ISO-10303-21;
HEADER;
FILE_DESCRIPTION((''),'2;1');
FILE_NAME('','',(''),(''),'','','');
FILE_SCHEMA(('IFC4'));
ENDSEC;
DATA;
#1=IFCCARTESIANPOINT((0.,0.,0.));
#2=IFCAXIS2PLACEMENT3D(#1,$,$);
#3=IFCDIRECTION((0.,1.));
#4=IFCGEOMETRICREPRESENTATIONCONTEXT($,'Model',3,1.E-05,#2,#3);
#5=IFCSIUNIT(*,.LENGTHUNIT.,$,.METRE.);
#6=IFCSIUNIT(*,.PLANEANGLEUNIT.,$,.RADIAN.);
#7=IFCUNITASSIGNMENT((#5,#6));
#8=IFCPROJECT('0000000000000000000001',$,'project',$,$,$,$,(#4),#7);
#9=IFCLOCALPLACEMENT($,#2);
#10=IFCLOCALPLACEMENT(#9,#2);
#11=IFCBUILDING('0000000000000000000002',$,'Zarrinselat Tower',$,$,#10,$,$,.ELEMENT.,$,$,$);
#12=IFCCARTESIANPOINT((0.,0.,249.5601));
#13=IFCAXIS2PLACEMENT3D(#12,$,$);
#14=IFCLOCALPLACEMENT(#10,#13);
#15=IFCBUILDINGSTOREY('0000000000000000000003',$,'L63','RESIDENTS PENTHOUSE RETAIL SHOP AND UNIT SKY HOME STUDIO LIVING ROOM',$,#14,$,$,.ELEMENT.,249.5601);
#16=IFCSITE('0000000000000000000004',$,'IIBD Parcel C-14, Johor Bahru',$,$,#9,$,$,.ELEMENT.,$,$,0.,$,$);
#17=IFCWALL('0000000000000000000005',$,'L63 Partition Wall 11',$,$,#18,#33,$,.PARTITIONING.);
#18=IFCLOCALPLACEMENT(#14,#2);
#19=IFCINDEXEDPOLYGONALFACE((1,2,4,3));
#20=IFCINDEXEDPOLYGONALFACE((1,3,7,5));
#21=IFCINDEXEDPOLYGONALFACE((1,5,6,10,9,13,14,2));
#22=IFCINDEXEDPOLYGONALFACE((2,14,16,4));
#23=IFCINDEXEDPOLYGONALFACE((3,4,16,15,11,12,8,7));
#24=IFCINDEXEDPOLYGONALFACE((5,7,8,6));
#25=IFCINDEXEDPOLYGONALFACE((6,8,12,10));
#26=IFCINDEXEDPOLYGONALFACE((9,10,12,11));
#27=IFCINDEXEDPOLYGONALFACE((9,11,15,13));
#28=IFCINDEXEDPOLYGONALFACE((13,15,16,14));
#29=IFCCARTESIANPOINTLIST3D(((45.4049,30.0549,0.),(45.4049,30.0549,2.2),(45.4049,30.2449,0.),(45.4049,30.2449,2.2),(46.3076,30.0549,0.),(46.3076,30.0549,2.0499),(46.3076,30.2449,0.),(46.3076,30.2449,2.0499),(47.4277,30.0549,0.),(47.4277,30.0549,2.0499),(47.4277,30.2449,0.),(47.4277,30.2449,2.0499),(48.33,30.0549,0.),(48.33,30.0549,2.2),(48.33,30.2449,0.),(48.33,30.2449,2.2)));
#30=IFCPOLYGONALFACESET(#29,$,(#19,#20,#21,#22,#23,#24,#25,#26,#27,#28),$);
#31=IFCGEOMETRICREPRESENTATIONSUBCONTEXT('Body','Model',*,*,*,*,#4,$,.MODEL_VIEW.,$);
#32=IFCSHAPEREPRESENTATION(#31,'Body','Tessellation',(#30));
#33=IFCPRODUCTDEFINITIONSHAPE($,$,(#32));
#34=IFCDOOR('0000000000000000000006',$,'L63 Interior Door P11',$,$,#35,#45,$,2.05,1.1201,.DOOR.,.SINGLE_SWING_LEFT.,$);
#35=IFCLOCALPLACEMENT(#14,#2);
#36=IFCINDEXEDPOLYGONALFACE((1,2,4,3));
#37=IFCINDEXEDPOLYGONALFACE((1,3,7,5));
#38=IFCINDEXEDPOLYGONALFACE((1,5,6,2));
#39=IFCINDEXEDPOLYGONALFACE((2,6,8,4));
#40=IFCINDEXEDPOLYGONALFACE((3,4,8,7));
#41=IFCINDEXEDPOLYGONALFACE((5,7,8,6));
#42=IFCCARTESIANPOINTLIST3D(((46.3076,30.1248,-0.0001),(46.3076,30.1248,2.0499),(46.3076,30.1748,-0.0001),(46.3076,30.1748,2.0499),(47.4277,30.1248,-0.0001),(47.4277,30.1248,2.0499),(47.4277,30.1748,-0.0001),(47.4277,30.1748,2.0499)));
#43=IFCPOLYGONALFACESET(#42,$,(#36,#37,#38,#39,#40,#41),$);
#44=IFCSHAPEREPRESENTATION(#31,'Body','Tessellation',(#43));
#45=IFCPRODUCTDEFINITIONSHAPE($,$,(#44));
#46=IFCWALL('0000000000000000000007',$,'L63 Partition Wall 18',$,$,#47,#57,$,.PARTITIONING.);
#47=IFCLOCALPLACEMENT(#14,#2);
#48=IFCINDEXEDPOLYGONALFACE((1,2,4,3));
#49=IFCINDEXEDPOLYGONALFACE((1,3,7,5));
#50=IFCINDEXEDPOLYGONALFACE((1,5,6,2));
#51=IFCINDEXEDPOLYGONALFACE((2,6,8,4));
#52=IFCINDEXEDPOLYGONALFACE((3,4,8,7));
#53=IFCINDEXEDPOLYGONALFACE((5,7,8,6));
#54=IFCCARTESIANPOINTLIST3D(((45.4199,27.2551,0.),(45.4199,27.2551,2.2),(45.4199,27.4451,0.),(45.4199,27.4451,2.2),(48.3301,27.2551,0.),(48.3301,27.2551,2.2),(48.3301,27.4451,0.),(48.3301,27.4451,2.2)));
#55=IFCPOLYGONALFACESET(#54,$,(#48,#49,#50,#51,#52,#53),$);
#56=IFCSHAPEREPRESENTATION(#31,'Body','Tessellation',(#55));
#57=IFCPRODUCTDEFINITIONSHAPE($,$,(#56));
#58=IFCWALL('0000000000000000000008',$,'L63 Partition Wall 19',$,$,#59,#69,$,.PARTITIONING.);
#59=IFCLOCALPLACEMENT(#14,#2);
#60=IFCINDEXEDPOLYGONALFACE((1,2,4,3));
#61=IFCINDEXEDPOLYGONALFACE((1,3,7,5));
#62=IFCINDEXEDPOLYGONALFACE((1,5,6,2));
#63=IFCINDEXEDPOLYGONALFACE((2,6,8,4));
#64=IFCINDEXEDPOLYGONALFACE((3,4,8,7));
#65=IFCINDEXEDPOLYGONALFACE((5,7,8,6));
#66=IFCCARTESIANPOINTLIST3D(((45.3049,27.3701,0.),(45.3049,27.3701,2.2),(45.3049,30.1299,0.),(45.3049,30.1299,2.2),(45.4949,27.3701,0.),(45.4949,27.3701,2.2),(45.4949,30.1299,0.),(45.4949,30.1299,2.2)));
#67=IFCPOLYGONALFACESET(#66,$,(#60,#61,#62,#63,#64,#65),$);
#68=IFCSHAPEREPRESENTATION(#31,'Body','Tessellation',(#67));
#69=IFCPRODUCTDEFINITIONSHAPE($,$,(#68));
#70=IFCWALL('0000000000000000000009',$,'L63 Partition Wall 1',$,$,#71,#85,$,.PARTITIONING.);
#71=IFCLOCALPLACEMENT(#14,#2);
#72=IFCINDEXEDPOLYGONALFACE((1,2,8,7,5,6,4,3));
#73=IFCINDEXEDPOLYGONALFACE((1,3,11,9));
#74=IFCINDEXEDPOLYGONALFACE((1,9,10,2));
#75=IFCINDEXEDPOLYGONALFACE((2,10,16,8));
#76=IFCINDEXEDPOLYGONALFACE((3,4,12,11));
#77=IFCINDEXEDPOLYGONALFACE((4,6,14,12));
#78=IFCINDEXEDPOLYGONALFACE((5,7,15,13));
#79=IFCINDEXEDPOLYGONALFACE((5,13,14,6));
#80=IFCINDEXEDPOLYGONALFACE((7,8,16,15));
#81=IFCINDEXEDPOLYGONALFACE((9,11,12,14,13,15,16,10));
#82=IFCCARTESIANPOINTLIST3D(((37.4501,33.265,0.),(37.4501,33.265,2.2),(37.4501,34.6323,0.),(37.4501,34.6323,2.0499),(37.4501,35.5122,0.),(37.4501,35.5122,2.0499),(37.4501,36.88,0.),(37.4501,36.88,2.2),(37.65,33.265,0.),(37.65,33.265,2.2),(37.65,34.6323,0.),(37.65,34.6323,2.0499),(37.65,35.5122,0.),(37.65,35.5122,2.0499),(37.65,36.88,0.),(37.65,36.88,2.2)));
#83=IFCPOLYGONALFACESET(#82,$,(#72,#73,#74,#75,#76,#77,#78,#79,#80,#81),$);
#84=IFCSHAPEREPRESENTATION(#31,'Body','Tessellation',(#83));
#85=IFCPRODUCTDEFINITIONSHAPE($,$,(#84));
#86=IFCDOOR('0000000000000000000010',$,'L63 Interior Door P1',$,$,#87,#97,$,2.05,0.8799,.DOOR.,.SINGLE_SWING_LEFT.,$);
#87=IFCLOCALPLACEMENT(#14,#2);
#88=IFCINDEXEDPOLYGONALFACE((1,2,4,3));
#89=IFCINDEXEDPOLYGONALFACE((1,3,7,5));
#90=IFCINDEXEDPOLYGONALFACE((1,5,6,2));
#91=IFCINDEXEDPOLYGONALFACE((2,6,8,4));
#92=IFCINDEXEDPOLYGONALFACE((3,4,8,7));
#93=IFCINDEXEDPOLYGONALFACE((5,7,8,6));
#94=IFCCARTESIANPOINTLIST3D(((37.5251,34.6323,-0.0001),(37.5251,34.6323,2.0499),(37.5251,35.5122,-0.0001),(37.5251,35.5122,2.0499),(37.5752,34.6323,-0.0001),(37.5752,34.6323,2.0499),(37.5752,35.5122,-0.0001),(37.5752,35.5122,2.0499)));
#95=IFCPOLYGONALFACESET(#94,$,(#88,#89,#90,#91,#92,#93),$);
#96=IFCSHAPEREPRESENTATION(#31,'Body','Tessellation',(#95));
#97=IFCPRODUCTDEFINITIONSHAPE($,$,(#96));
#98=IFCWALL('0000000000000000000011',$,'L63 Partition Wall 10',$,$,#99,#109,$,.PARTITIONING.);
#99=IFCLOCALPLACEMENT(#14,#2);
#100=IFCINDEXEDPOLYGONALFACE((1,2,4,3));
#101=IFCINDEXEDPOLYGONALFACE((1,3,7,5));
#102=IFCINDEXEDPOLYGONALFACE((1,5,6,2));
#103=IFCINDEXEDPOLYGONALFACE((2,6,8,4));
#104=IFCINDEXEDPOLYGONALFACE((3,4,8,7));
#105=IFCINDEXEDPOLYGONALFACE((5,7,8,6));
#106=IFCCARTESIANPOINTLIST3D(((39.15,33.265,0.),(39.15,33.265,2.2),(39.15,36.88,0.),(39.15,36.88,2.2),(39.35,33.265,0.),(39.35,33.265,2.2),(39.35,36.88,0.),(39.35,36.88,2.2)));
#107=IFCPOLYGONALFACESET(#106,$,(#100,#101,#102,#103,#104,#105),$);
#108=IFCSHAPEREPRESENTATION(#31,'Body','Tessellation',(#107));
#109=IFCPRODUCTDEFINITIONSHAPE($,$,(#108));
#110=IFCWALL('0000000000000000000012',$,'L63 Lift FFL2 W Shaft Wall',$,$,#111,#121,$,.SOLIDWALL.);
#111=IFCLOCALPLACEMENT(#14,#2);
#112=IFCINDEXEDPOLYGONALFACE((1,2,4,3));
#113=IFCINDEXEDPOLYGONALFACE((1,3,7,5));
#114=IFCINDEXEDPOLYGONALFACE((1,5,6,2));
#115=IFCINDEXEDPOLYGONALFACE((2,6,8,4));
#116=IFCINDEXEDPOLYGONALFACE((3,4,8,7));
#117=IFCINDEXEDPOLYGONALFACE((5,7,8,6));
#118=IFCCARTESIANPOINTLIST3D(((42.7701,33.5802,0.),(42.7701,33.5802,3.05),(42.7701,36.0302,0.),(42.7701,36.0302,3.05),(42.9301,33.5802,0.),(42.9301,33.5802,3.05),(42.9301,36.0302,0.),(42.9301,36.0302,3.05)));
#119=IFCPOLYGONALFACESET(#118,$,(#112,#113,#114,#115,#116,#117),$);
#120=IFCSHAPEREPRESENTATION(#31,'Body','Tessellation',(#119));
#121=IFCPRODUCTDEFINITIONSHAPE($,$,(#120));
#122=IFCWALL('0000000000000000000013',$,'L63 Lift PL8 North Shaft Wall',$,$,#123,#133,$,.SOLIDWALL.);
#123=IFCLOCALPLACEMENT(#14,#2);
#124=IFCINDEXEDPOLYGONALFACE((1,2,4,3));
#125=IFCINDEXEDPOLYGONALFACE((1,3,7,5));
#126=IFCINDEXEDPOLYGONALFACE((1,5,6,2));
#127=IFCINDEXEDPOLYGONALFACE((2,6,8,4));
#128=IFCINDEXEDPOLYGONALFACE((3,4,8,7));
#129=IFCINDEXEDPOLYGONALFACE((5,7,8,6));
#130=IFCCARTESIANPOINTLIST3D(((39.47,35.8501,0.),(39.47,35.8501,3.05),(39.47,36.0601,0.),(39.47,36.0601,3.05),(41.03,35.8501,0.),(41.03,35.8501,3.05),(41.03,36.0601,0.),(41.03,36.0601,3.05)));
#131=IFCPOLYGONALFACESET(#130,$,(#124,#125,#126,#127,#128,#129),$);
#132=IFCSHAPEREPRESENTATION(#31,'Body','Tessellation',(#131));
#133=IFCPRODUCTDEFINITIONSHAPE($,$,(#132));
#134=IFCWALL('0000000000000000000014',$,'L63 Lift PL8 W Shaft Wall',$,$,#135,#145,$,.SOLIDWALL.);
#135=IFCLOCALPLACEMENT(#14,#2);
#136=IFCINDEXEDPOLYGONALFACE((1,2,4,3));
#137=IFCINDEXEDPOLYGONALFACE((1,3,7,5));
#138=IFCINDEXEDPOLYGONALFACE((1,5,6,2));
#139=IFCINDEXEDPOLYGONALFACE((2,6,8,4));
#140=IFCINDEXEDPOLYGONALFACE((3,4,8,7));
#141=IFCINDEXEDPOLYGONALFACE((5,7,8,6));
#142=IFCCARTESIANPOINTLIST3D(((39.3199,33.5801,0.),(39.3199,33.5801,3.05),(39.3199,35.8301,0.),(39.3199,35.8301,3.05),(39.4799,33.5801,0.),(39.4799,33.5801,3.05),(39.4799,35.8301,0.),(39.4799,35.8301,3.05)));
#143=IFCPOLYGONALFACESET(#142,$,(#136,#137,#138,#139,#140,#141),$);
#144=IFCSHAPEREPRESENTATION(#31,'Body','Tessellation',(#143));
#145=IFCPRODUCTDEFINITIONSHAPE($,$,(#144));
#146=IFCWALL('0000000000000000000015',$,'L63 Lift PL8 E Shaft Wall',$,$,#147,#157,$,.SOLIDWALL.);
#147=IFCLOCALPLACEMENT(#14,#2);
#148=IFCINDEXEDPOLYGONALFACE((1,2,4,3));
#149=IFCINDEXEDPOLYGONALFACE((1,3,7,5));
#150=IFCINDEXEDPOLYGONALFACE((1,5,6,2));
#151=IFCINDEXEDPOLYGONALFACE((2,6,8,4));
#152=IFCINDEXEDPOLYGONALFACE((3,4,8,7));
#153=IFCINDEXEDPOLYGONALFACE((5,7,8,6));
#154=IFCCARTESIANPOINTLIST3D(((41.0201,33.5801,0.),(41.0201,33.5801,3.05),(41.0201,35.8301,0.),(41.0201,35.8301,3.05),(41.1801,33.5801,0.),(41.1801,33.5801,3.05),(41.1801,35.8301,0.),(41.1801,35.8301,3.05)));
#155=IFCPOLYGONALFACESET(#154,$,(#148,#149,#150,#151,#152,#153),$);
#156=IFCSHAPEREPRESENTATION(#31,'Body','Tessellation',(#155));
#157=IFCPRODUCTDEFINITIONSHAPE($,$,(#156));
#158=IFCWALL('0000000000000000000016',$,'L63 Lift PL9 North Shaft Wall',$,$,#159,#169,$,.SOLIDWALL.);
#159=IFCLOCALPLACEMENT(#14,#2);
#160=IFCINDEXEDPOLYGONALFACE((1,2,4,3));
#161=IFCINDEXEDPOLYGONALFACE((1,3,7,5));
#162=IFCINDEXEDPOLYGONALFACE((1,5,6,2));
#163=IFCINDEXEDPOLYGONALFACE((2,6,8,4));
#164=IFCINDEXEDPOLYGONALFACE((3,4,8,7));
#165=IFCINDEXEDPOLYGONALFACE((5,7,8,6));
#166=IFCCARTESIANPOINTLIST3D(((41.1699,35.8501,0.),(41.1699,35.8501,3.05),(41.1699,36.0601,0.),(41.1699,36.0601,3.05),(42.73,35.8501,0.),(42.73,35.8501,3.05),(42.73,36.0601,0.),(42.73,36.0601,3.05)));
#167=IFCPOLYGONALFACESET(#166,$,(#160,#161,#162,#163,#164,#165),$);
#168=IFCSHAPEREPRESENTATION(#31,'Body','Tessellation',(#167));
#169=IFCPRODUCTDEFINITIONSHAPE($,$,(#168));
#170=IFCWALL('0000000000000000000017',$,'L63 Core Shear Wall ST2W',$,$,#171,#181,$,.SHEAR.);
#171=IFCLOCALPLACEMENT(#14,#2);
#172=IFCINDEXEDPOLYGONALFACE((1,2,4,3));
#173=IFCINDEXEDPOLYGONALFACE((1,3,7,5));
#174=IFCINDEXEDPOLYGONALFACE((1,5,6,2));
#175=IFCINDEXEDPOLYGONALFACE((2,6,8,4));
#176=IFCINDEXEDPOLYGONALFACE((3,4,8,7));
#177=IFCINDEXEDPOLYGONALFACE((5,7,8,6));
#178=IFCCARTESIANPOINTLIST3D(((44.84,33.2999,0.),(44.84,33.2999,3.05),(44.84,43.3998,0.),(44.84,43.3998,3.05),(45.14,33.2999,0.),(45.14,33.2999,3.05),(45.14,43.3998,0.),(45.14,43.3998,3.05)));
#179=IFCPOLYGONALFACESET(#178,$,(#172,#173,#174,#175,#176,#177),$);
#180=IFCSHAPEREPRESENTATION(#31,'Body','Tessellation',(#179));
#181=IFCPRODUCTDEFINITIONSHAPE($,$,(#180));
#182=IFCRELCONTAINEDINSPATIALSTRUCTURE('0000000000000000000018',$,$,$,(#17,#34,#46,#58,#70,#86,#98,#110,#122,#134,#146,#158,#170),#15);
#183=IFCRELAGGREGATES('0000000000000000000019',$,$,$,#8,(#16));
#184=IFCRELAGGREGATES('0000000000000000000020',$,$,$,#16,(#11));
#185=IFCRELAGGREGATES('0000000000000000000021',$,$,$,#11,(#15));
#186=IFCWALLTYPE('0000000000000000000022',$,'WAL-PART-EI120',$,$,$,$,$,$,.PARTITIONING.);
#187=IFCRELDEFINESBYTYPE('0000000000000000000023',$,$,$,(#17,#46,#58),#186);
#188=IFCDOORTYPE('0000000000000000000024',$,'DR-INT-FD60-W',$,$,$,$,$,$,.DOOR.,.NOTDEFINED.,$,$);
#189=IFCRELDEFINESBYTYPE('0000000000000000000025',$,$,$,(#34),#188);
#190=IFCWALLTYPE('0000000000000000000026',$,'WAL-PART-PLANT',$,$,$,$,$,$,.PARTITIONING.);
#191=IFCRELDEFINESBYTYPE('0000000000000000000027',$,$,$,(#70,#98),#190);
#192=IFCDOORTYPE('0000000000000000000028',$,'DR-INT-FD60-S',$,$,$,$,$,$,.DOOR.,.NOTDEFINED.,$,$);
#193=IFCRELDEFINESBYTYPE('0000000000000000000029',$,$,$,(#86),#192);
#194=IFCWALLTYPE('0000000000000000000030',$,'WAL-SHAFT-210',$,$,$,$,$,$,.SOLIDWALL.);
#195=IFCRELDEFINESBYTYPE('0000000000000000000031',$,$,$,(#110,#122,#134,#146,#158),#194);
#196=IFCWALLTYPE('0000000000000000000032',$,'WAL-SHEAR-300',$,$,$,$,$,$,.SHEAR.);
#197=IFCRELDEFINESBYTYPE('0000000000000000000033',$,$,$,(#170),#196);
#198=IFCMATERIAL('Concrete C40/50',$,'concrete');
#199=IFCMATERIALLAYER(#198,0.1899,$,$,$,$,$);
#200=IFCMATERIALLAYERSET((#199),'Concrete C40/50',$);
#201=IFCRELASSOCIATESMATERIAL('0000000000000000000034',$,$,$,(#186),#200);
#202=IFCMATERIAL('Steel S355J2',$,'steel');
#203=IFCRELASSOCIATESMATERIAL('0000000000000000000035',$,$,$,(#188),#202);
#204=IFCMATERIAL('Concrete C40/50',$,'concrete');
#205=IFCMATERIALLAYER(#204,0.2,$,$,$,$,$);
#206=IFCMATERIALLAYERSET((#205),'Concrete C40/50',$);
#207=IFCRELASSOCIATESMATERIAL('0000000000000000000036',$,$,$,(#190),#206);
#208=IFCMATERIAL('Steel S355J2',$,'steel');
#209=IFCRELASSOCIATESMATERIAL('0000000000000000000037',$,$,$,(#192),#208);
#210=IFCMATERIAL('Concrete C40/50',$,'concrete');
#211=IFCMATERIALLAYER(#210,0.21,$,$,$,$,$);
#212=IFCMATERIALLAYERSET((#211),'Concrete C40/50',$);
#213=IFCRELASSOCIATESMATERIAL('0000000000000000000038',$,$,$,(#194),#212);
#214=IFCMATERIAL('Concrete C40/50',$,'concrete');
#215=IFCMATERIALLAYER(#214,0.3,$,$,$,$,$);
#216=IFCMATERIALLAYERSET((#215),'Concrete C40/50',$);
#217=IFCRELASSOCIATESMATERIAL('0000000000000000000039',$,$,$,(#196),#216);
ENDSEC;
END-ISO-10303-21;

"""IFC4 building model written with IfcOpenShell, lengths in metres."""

from ifc_helpers import new_model, si_unit, direction, frame, frame_2d, origin, place, context, subcontext, project, spatial, rectangle, extrude, material, layer, layer_set, type_object, element, fill, save


model = new_model("IFC4")

# Units and contexts
model_context = context("Model", 3, precision=1e-05, world=origin(), true_north=direction((0.0, 1.0)))
body_context = subcontext(model_context, "Body", "Model", "MODEL_VIEW")
ifc_project = project(units=[si_unit("LENGTHUNIT", "METRE"), si_unit("PLANEANGLEUNIT", "RADIAN")], contexts=[model_context])

# Site, building, storey
site_placement = place(None, origin())
site = spatial("IfcSite", under=ifc_project, at=site_placement, Name="IIBD Parcel C-14, Johor Bahru", CompositionType="ELEMENT", RefElevation=0.0)
building_placement = place(site_placement, origin())
building = spatial("IfcBuilding", under=site, at=building_placement, Name="Zarrinselat Tower", CompositionType="ELEMENT")
storey_placement = place(building_placement, frame((0.0, 0.0, 249.5601)))
storey = spatial("IfcBuildingStorey", under=building, at=storey_placement, Name="L63", Description="RESIDENTS PENTHOUSE RETAIL SHOP AND UNIT SKY HOME STUDIO LIVING ROOM", CompositionType="ELEMENT", Elevation=249.5601)

# Wall, opening, door
ifc_material_1 = material(Name="Concrete C40/50", Category="concrete")
ifc_layer_1 = layer(ifc_material_1, 0.1899)
ifc_layer_set_1 = layer_set([ifc_layer_1], Name="Concrete C40/50")
wall_type_1 = type_object("IfcWallType", Name="WAL-PART-EI120", PredefinedType="PARTITIONING", material=ifc_layer_set_1)
wall_1_placement = place(storey_placement, frame((45.405, 30.1499, 0.0), z_axis=(0.0, 0.0, 1.0), x_axis=(1.0, 0.0, 0.0)))
wall_1 = element("IfcWall", 1, at=wall_1_placement, inside=storey, type_object=wall_type_1, Name="L63 Partition Wall 11", PredefinedType="PARTITIONING", context=body_context, shape_type="SweptSolid", body=[
    extrude(rectangle(XDim=2.925, YDim=0.1899, at=frame_2d((1.4624, 0.0))), origin(), (0.0, 0.0, 1.0), 2.2),
])
opening_1_placement = place(wall_1_placement, frame((0.9026, 0.0, 0.0)))
opening_1 = element("IfcOpeningElement", 2, at=opening_1_placement, cuts=wall_1, PredefinedType="OPENING", context=body_context, shape_type="SweptSolid", body=[
    extrude(rectangle(XDim=1.1201, YDim=2.05, at=frame_2d((0.5601, 1.0249))), frame((0.0, 0.105, 0.0), z_axis=(0.0, -1.0, 0.0), x_axis=(1.0, 0.0, 0.0)), (0.0, 0.0, 1.0), 0.21),
])
ifc_material_2 = material(Name="Steel S355J2", Category="steel")
door_type_1 = type_object("IfcDoorType", Name="DR-INT-FD60-W", OperationType="NOTDEFINED", PredefinedType="DOOR", material=ifc_material_2)
door_1_placement = place(opening_1_placement, origin())
door_1 = element("IfcDoor", 3, at=door_1_placement, inside=storey, type_object=door_type_1, Name="L63 Interior Door P11", OperationType="SINGLE_SWING_LEFT", OverallHeight=2.05, OverallWidth=1.1201, PredefinedType="DOOR", context=body_context, shape_type="SweptSolid", body=[
    extrude(rectangle(XDim=1.1201, YDim=2.05, at=frame_2d((0.5601, 1.0249))), frame((0.0, 0.0249, 0.0), z_axis=(0.0, -1.0, 0.0), x_axis=(1.0, 0.0, 0.0)), (0.0, 0.0, 1.0), 0.05),
])
fill(opening_1, door_1)

# Walls
wall_2_placement = place(storey_placement, frame((45.4199, 27.3501, 0.0), z_axis=(0.0, 0.0, 1.0), x_axis=(1.0, 0.0, 0.0)))
element("IfcWall", 4, at=wall_2_placement, inside=storey, type_object=wall_type_1, Name="L63 Partition Wall 18", PredefinedType="PARTITIONING", context=body_context, shape_type="SweptSolid", body=[
    extrude(rectangle(XDim=2.9102, YDim=0.1899, at=frame_2d((1.4551, 0.0))), origin(), (0.0, 0.0, 1.0), 2.2),
])
wall_3_placement = place(storey_placement, frame((45.3999, 27.3701, 0.0), z_axis=(0.0, 0.0, 1.0), x_axis=(0.0, 1.0, 0.0)))
element("IfcWall", 5, at=wall_3_placement, inside=storey, type_object=wall_type_1, Name="L63 Partition Wall 19", PredefinedType="PARTITIONING", context=body_context, shape_type="SweptSolid", body=[
    extrude(rectangle(XDim=2.7598, YDim=0.1899, at=frame_2d((1.3799, 0.0))), origin(), (0.0, 0.0, 1.0), 2.2),
])

# Wall, opening, door
ifc_material_3 = material(Name="Concrete C40/50", Category="concrete")
ifc_layer_2 = layer(ifc_material_3, 0.2)
ifc_layer_set_2 = layer_set([ifc_layer_2], Name="Concrete C40/50")
wall_type_2 = type_object("IfcWallType", Name="WAL-PART-PLANT", PredefinedType="PARTITIONING", material=ifc_layer_set_2)
wall_4_placement = place(storey_placement, frame((37.55, 33.2649, 0.0), z_axis=(0.0, 0.0, 1.0), x_axis=(0.0, 1.0, 0.0)))
wall_4 = element("IfcWall", 6, at=wall_4_placement, inside=storey, type_object=wall_type_2, Name="L63 Partition Wall 1", PredefinedType="PARTITIONING", context=body_context, shape_type="SweptSolid", body=[
    extrude(rectangle(XDim=3.615, YDim=0.2, at=frame_2d((1.8076, 0.0))), origin(), (0.0, 0.0, 1.0), 2.2),
])
opening_2_placement = place(wall_4_placement, frame((1.3674, 0.0, 0.0)))
opening_2 = element("IfcOpeningElement", 7, at=opening_2_placement, cuts=wall_4, PredefinedType="OPENING", context=body_context, shape_type="SweptSolid", body=[
    extrude(rectangle(XDim=0.8799, YDim=2.05, at=frame_2d((0.4399, 1.0249))), frame((0.0, 0.1099, 0.0), z_axis=(0.0, -1.0, 0.0), x_axis=(1.0, 0.0, 0.0)), (0.0, 0.0, 1.0), 0.22),
])
ifc_material_4 = material(Name="Steel S355J2", Category="steel")
door_type_2 = type_object("IfcDoorType", Name="DR-INT-FD60-S", OperationType="NOTDEFINED", PredefinedType="DOOR", material=ifc_material_4)
door_2_placement = place(opening_2_placement, origin())
door_2 = element("IfcDoor", 8, at=door_2_placement, inside=storey, type_object=door_type_2, Name="L63 Interior Door P1", OperationType="SINGLE_SWING_LEFT", OverallHeight=2.05, OverallWidth=0.8799, PredefinedType="DOOR", context=body_context, shape_type="SweptSolid", body=[
    extrude(rectangle(XDim=0.8799, YDim=2.05, at=frame_2d((0.4399, 1.0249))), frame((0.0, 0.0249, 0.0), z_axis=(0.0, -1.0, 0.0), x_axis=(1.0, 0.0, 0.0)), (0.0, 0.0, 1.0), 0.05),
])
fill(opening_2, door_2)

# Walls
wall_5_placement = place(storey_placement, frame((39.25, 33.2649, 0.0), z_axis=(0.0, 0.0, 1.0), x_axis=(0.0, 1.0, 0.0)))
element("IfcWall", 9, at=wall_5_placement, inside=storey, type_object=wall_type_2, Name="L63 Partition Wall 10", PredefinedType="PARTITIONING", context=body_context, shape_type="SweptSolid", body=[
    extrude(rectangle(XDim=3.615, YDim=0.2, at=frame_2d((1.8076, 0.0))), origin(), (0.0, 0.0, 1.0), 2.2),
])
ifc_material_5 = material(Name="Concrete C40/50", Category="concrete")
ifc_layer_3 = layer(ifc_material_5, 0.21)
ifc_layer_set_3 = layer_set([ifc_layer_3], Name="Concrete C40/50")
wall_type_3 = type_object("IfcWallType", Name="WAL-SHAFT-210", PredefinedType="SOLIDWALL", material=ifc_layer_set_3)
wall_6_placement = place(storey_placement, frame((42.8501, 33.5801, 0.0), z_axis=(0.0, 0.0, 1.0), x_axis=(0.0, 1.0, 0.0)))
element("IfcWall", 10, at=wall_6_placement, inside=storey, type_object=wall_type_3, Name="L63 Lift FFL2 W Shaft Wall", PredefinedType="SOLIDWALL", context=body_context, shape_type="SweptSolid", body=[
    extrude(rectangle(XDim=2.45, YDim=0.1599, at=frame_2d((1.2251, 0.0))), origin(), (0.0, 0.0, 1.0), 3.05),
])
wall_7_placement = place(storey_placement, frame((39.47, 35.9551, 0.0), z_axis=(0.0, 0.0, 1.0), x_axis=(1.0, 0.0, 0.0)))
element("IfcWall", 11, at=wall_7_placement, inside=storey, type_object=wall_type_3, Name="L63 Lift PL8 North Shaft Wall", PredefinedType="SOLIDWALL", context=body_context, shape_type="SweptSolid", body=[
    extrude(rectangle(XDim=1.5601, YDim=0.21, at=frame_2d((0.78, 0.0))), origin(), (0.0, 0.0, 1.0), 3.05),
])
for number, where, z_axis, x_axis, name in (
    (12, (39.3999, 33.5801, 0.0), (0.0, 0.0, 1.0), (0.0, 1.0, 0.0), "L63 Lift PL8 W Shaft Wall"),
    (13, (41.1001, 33.5801, 0.0), (0.0, 0.0, 1.0), (0.0, 1.0, 0.0), "L63 Lift PL8 E Shaft Wall"),
):
    element("IfcWall", number, at=place(storey_placement, frame(where, z_axis=z_axis, x_axis=x_axis)), inside=storey, type_object=wall_type_3, Name=name, PredefinedType="SOLIDWALL", context=body_context, shape_type="SweptSolid", body=[
        extrude(rectangle(XDim=2.25, YDim=0.1599, at=frame_2d((1.125, 0.0))), origin(), (0.0, 0.0, 1.0), 3.05),
    ])
wall_8_placement = place(storey_placement, frame((41.1699, 35.9551, 0.0), z_axis=(0.0, 0.0, 1.0), x_axis=(1.0, 0.0, 0.0)))
element("IfcWall", 14, at=wall_8_placement, inside=storey, type_object=wall_type_3, Name="L63 Lift PL9 North Shaft Wall", PredefinedType="SOLIDWALL", context=body_context, shape_type="SweptSolid", body=[
    extrude(rectangle(XDim=1.5601, YDim=0.21, at=frame_2d((0.78, 0.0))), origin(), (0.0, 0.0, 1.0), 3.05),
])
ifc_material_6 = material(Name="Concrete C40/50", Category="concrete")
ifc_layer_4 = layer(ifc_material_6, 0.3)
ifc_layer_set_4 = layer_set([ifc_layer_4], Name="Concrete C40/50")
wall_type_4 = type_object("IfcWallType", Name="WAL-SHEAR-300", PredefinedType="SHEAR", material=ifc_layer_set_4)
wall_9_placement = place(storey_placement, frame((44.99, 33.3, 0.0), z_axis=(0.0, 0.0, 1.0), x_axis=(0.0, 1.0, 0.0)))
element("IfcWall", 15, at=wall_9_placement, inside=storey, type_object=wall_type_4, Name="L63 Core Shear Wall ST2W", PredefinedType="SHEAR", context=body_context, shape_type="SweptSolid", body=[
    extrude(rectangle(XDim=10.0999, YDim=0.3, at=frame_2d((5.0498, 0.0))), origin(), (0.0, 0.0, 1.0), 3.05),
])

save(model, "model.ifc")
